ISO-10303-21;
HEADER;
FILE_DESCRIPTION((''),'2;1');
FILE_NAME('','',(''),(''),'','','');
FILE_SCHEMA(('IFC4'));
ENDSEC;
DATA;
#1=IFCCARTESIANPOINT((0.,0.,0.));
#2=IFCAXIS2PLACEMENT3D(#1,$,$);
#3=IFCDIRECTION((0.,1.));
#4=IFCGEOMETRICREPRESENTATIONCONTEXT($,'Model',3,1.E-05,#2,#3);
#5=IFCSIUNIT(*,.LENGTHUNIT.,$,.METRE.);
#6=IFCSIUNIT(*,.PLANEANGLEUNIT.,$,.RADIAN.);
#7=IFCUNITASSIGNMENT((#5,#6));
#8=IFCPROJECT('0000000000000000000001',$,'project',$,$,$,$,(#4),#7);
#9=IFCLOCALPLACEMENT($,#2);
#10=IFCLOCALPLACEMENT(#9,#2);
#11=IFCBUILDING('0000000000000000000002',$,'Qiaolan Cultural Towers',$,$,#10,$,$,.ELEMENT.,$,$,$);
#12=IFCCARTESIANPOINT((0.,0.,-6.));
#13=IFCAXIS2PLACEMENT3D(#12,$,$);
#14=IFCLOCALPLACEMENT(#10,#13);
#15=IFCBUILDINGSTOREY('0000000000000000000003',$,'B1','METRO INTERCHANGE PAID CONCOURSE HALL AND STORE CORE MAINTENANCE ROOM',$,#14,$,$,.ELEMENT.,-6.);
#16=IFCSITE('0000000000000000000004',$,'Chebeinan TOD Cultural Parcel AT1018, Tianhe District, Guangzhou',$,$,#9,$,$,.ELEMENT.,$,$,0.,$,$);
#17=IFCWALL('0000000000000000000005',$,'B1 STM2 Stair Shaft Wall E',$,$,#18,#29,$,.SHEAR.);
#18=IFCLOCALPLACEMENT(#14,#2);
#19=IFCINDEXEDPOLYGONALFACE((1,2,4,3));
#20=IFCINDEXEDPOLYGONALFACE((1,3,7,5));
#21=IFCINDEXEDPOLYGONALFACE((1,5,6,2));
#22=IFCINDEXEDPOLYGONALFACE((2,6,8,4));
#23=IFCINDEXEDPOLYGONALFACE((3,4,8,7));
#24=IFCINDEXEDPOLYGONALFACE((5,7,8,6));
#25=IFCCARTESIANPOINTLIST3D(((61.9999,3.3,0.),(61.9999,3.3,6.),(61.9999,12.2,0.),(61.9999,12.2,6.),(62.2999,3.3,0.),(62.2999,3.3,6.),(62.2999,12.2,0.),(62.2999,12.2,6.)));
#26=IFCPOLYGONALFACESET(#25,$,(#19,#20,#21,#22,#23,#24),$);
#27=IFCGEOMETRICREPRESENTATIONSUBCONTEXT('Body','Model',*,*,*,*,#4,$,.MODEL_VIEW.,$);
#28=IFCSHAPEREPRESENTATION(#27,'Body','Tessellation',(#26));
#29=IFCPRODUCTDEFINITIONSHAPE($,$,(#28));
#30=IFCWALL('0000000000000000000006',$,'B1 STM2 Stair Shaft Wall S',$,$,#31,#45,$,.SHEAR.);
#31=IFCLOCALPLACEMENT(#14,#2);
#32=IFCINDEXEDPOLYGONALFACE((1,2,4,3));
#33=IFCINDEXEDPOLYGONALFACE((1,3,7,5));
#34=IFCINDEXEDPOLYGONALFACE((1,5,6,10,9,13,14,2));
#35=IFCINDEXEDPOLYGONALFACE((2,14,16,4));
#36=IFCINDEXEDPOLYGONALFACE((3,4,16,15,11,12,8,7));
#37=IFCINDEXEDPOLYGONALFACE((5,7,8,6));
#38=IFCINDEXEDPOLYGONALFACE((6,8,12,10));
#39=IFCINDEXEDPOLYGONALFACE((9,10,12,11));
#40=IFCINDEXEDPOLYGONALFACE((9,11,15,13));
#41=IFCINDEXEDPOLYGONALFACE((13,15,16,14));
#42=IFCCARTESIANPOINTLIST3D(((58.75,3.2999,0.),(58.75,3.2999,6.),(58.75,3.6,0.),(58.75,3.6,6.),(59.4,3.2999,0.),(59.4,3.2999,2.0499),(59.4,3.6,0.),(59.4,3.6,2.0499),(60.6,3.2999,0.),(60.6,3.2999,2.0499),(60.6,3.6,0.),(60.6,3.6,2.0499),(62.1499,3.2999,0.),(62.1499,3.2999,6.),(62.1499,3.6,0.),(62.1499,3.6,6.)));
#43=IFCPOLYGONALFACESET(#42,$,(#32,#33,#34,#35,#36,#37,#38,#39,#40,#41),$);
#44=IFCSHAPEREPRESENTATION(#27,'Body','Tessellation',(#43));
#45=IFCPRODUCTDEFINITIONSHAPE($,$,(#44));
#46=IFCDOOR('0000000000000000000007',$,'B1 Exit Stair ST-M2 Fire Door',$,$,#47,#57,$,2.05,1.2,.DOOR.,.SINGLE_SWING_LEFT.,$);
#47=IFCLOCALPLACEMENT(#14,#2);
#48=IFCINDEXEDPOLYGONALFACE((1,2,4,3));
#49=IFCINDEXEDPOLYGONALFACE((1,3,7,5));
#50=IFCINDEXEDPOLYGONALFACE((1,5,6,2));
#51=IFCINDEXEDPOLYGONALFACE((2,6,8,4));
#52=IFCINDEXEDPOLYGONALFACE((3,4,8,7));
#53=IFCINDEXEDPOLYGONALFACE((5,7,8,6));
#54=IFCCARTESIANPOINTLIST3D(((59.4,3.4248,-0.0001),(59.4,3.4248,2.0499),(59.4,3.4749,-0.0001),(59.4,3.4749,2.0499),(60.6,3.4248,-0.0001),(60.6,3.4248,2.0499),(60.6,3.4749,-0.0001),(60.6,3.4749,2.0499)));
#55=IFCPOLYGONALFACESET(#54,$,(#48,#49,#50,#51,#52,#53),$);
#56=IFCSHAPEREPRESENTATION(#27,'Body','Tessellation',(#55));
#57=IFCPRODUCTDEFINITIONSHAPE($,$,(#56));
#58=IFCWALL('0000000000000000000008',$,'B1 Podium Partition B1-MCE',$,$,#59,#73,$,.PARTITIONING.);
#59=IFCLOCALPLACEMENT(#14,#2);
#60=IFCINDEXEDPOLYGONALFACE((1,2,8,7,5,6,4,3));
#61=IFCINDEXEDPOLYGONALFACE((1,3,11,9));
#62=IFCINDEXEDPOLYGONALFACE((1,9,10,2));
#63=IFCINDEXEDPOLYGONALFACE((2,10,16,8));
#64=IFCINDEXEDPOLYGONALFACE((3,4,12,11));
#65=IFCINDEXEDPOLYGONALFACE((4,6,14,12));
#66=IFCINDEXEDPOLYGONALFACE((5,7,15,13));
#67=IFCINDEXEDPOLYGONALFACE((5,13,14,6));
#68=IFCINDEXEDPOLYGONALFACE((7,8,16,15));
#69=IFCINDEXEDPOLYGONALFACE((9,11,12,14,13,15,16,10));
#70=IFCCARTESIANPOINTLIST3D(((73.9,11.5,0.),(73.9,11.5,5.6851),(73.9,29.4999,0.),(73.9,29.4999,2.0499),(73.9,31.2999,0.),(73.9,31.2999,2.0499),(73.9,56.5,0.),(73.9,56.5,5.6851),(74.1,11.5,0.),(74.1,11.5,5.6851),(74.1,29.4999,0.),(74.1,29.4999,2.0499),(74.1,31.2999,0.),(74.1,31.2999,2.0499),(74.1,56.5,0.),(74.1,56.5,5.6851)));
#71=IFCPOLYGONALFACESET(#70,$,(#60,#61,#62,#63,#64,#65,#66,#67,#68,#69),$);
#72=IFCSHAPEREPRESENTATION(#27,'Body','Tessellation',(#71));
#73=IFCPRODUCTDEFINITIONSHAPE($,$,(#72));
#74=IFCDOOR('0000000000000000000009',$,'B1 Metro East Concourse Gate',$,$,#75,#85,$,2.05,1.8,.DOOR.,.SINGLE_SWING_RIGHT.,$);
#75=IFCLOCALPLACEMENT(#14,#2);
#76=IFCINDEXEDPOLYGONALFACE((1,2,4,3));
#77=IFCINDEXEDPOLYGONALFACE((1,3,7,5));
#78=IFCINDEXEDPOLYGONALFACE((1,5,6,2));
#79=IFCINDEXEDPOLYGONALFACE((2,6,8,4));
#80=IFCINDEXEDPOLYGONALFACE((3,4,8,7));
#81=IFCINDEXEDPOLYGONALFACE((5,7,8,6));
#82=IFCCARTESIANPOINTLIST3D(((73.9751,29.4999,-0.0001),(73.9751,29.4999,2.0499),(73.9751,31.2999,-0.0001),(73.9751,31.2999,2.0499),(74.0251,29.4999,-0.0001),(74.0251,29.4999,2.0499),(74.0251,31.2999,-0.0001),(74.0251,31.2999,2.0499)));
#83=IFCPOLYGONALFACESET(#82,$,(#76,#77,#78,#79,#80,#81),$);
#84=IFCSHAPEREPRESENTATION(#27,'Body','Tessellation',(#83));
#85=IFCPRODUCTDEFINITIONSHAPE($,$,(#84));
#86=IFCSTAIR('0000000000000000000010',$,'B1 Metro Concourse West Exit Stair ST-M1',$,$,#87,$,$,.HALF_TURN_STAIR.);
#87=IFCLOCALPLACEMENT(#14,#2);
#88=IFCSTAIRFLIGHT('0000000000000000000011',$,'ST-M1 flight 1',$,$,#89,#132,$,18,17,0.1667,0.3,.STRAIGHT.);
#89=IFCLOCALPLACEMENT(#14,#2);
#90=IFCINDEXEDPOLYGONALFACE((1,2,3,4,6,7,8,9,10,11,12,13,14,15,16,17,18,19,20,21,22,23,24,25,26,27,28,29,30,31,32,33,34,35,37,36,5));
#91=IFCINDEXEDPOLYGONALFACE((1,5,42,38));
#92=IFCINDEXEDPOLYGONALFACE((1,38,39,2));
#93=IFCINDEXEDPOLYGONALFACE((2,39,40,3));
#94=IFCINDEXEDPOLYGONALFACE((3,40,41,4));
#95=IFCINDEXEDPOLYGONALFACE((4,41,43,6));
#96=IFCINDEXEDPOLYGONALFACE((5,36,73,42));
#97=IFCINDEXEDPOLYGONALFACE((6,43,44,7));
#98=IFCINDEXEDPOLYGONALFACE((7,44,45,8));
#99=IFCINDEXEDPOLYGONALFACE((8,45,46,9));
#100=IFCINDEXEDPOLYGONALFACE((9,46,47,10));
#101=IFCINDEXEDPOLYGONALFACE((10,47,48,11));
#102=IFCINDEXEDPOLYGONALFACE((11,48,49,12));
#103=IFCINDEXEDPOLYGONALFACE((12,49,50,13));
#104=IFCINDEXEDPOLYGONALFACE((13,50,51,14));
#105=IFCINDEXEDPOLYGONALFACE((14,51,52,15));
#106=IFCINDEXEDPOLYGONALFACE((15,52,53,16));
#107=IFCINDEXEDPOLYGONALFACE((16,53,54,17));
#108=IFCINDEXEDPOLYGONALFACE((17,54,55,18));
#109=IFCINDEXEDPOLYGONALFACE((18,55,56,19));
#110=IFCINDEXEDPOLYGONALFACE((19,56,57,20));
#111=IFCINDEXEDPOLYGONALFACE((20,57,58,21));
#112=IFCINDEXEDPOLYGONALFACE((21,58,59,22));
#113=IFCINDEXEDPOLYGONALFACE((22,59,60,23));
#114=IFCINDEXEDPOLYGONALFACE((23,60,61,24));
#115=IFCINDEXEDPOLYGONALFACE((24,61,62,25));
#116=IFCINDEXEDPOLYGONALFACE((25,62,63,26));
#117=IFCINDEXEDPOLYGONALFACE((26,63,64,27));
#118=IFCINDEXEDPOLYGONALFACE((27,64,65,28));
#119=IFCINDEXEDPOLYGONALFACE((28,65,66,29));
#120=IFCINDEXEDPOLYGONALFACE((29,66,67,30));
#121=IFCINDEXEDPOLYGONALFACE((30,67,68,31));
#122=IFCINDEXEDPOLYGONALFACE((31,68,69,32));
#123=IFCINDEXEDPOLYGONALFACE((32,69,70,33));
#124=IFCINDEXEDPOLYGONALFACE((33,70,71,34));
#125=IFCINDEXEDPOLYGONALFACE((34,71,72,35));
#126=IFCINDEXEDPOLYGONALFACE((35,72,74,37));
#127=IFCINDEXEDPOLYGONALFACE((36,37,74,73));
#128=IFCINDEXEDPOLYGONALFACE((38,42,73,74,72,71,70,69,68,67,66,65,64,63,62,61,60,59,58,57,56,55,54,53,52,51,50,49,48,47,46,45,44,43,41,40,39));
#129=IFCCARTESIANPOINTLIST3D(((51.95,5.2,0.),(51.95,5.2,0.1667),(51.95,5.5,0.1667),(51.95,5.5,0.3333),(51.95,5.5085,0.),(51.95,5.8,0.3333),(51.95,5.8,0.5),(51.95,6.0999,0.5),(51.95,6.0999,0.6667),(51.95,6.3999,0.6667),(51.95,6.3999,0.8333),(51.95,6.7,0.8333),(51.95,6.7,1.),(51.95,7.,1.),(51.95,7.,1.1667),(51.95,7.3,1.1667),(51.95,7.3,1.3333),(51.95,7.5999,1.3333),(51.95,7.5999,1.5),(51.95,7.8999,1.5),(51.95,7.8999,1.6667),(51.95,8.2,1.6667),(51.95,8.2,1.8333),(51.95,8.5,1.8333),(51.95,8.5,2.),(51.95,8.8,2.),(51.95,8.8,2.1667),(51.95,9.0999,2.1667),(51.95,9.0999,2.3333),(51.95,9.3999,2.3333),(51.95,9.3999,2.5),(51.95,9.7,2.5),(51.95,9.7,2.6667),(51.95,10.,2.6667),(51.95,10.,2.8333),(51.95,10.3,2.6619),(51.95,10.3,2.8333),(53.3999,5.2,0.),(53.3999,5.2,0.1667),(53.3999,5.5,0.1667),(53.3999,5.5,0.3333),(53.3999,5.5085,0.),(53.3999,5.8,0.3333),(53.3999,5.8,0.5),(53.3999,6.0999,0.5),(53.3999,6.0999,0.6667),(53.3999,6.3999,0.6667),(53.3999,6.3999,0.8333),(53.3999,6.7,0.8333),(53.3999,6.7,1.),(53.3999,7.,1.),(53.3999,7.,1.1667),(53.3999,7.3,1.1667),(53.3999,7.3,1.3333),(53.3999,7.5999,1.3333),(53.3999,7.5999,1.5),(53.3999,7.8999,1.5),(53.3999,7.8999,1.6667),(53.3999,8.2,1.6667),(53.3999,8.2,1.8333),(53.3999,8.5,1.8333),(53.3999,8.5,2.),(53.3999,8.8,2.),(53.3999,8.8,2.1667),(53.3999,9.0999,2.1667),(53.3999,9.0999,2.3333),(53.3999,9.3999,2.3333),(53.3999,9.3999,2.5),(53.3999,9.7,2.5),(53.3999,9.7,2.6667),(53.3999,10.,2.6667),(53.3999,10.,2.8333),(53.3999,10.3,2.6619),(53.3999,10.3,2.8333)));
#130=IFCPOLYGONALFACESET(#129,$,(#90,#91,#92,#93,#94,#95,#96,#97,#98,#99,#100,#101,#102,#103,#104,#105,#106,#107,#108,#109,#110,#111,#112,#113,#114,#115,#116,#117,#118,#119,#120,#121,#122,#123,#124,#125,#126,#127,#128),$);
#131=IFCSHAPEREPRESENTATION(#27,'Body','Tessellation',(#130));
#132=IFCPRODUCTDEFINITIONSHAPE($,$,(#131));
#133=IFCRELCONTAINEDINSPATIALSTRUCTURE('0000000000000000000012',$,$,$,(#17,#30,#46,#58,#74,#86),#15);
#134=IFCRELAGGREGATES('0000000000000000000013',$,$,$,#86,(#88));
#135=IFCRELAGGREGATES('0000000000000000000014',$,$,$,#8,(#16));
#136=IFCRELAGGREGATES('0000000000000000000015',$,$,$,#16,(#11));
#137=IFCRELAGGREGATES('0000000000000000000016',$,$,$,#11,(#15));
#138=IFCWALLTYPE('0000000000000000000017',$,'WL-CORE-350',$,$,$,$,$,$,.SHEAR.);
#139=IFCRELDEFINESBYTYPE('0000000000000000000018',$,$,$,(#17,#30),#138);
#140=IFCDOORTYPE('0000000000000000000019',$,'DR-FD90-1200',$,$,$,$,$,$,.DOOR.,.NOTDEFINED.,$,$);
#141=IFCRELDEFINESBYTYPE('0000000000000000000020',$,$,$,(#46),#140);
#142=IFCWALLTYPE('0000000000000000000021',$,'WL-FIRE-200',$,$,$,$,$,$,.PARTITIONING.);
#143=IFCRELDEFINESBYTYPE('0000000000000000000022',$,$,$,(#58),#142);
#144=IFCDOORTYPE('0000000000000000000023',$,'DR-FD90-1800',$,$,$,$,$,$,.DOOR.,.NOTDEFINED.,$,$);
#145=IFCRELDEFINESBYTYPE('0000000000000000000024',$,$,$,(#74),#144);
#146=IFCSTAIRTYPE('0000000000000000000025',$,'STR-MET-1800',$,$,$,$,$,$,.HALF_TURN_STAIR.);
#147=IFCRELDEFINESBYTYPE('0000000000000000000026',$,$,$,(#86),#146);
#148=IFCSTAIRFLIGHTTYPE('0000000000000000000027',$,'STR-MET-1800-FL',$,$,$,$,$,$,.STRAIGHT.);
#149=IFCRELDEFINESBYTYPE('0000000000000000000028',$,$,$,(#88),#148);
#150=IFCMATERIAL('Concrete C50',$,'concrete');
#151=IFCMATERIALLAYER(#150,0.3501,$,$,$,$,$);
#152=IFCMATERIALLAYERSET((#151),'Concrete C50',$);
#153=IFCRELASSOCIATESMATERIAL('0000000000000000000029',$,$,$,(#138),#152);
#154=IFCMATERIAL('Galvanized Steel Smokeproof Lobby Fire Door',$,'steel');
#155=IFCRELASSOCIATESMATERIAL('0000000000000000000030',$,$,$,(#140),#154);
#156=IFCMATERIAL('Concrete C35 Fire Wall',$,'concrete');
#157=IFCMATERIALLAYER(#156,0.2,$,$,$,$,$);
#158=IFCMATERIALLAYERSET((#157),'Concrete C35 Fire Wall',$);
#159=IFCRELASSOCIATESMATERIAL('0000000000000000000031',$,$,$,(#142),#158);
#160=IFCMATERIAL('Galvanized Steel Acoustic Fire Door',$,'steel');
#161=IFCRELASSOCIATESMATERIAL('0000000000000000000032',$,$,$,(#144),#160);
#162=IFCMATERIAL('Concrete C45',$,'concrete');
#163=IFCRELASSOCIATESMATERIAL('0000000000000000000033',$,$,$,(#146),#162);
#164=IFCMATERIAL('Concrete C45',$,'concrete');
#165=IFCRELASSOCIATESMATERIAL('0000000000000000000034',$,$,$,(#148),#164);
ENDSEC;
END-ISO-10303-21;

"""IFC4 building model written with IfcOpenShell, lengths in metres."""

from ifc_helpers import new_model, si_unit, direction, frame, frame_2d, origin, place, context, subcontext, project, spatial, polyline, rectangle, outline, extrude, material, layer, layer_set, type_object, element, fill, aggregate, save


model = new_model("IFC4")

# Units and contexts
model_context = context("Model", 3, precision=1e-05, world=origin(), true_north=direction((0.0, 1.0)))
body_context = subcontext(model_context, "Body", "Model", "MODEL_VIEW")
ifc_project = project(units=[si_unit("LENGTHUNIT", "METRE"), si_unit("PLANEANGLEUNIT", "RADIAN")], contexts=[model_context])

# Site, building, storey
site_placement = place(None, origin())
site = spatial("IfcSite", under=ifc_project, at=site_placement, Name="Chebeinan TOD Cultural Parcel AT1018, Tianhe District, Guangzhou", CompositionType="ELEMENT", RefElevation=0.0)
building_placement = place(site_placement, origin())
building = spatial("IfcBuilding", under=site, at=building_placement, Name="Qiaolan Cultural Towers", CompositionType="ELEMENT")
storey_placement = place(building_placement, frame((0.0, 0.0, -6.0)))
storey = spatial("IfcBuildingStorey", under=building, at=storey_placement, Name="B1", Description="METRO INTERCHANGE PAID CONCOURSE HALL AND STORE CORE MAINTENANCE ROOM", CompositionType="ELEMENT", Elevation=-6.0)

# Wall
ifc_material_1 = material(Name="Concrete C50", Category="concrete")
ifc_layer_1 = layer(ifc_material_1, 0.3501)
ifc_layer_set_1 = layer_set([ifc_layer_1], Name="Concrete C50")
wall_type_1 = type_object("IfcWallType", Name="WL-CORE-350", PredefinedType="SHEAR", material=ifc_layer_set_1)
for number, where, z_axis, x_axis, name in (
    (1, (62.1499, 3.3, 0.0), (0.0, 0.0, 1.0), (0.0, 1.0, 0.0), "B1 STM2 Stair Shaft Wall E"),
):
    element("IfcWall", number, at=place(storey_placement, frame(where, z_axis=z_axis, x_axis=x_axis)), inside=storey, type_object=wall_type_1, Name=name, PredefinedType="SHEAR", context=body_context, shape_type="SweptSolid", body=[
        extrude(rectangle(XDim=8.8999, YDim=0.3, at=frame_2d((4.45, 0.0))), origin(), (0.0, 0.0, 1.0), 6.0),
    ])

# Walls, openings, doors
wall_1_placement = place(storey_placement, frame((58.75, 3.45, 0.0), z_axis=(0.0, 0.0, 1.0), x_axis=(1.0, 0.0, 0.0)))
wall_1 = element("IfcWall", 2, at=wall_1_placement, inside=storey, type_object=wall_type_1, Name="B1 STM2 Stair Shaft Wall S", PredefinedType="SHEAR", context=body_context, shape_type="SweptSolid", body=[
    extrude(rectangle(XDim=3.3999, YDim=0.3, at=frame_2d((1.7, 0.0))), origin(), (0.0, 0.0, 1.0), 6.0),
])
opening_1_placement = place(wall_1_placement, frame((0.6499, 0.0, 0.0)))
opening_1 = element("IfcOpeningElement", 3, at=opening_1_placement, cuts=wall_1, PredefinedType="OPENING", context=body_context, shape_type="SweptSolid", body=[
    extrude(rectangle(XDim=1.2, YDim=2.05, at=frame_2d((0.6001, 1.0249))), frame((0.0, 0.1599, 0.0), z_axis=(0.0, -1.0, 0.0), x_axis=(1.0, 0.0, 0.0)), (0.0, 0.0, 1.0), 0.3201),
])
ifc_material_2 = material(Name="Galvanized Steel Smokeproof Lobby Fire Door", Category="steel")
door_type_1 = type_object("IfcDoorType", Name="DR-FD90-1200", OperationType="NOTDEFINED", PredefinedType="DOOR", material=ifc_material_2)
door_1_placement = place(opening_1_placement, origin())
door_1 = element("IfcDoor", 4, at=door_1_placement, inside=storey, type_object=door_type_1, Name="B1 Exit Stair ST-M2 Fire Door", OperationType="SINGLE_SWING_LEFT", OverallHeight=2.05, OverallWidth=1.2, PredefinedType="DOOR", context=body_context, shape_type="SweptSolid", body=[
    extrude(rectangle(XDim=1.2, YDim=2.05, at=frame_2d((0.6001, 1.0249))), frame((0.0, 0.0249, 0.0), z_axis=(0.0, -1.0, 0.0), x_axis=(1.0, 0.0, 0.0)), (0.0, 0.0, 1.0), 0.05),
])
fill(opening_1, door_1)
ifc_material_3 = material(Name="Concrete C35 Fire Wall", Category="concrete")
ifc_layer_2 = layer(ifc_material_3, 0.2)
ifc_layer_set_2 = layer_set([ifc_layer_2], Name="Concrete C35 Fire Wall")
wall_type_2 = type_object("IfcWallType", Name="WL-FIRE-200", PredefinedType="PARTITIONING", material=ifc_layer_set_2)
wall_2_placement = place(storey_placement, frame((74.0, 11.5, 0.0), z_axis=(0.0, 0.0, 1.0), x_axis=(0.0, 1.0, 0.0)))
wall_2 = element("IfcWall", 5, at=wall_2_placement, inside=storey, type_object=wall_type_2, Name="B1 Podium Partition B1-MCE", PredefinedType="PARTITIONING", context=body_context, shape_type="SweptSolid", body=[
    extrude(rectangle(XDim=45.0, YDim=0.2, at=frame_2d((22.5, 0.0))), origin(), (0.0, 0.0, 1.0), 5.6851),
])
opening_2_placement = place(wall_2_placement, frame((18.0, 0.0, 0.0)))
opening_2 = element("IfcOpeningElement", 6, at=opening_2_placement, cuts=wall_2, PredefinedType="OPENING", context=body_context, shape_type="SweptSolid", body=[
    extrude(rectangle(XDim=1.8, YDim=2.05, at=frame_2d((0.8999, 1.0249))), frame((0.0, 0.1099, 0.0), z_axis=(0.0, -1.0, 0.0), x_axis=(1.0, 0.0, 0.0)), (0.0, 0.0, 1.0), 0.22),
])
ifc_material_4 = material(Name="Galvanized Steel Acoustic Fire Door", Category="steel")
door_type_2 = type_object("IfcDoorType", Name="DR-FD90-1800", OperationType="NOTDEFINED", PredefinedType="DOOR", material=ifc_material_4)
door_2_placement = place(opening_2_placement, origin())
door_2 = element("IfcDoor", 7, at=door_2_placement, inside=storey, type_object=door_type_2, Name="B1 Metro East Concourse Gate", OperationType="SINGLE_SWING_RIGHT", OverallHeight=2.05, OverallWidth=1.8, PredefinedType="DOOR", context=body_context, shape_type="SweptSolid", body=[
    extrude(rectangle(XDim=1.8, YDim=2.05, at=frame_2d((0.8999, 1.0249))), frame((0.0, 0.0249, 0.0), z_axis=(0.0, -1.0, 0.0), x_axis=(1.0, 0.0, 0.0)), (0.0, 0.0, 1.0), 0.05),
])
fill(opening_2, door_2)

# Stair, stair flight
ifc_material_5 = material(Name="Concrete C45", Category="concrete")
stair_type = type_object("IfcStairType", Name="STR-MET-1800", PredefinedType="HALF_TURN_STAIR", material=ifc_material_5)
stair_1_placement = place(storey_placement, origin())
stair_1 = element("IfcStair", 8, at=stair_1_placement, inside=storey, type_object=stair_type, Name="B1 Metro Concourse West Exit Stair ST-M1", PredefinedType="HALF_TURN_STAIR")
ifc_material_6 = material(Name="Concrete C45", Category="concrete")
stair_flight_type = type_object("IfcStairFlightType", Name="STR-MET-1800-FL", PredefinedType="STRAIGHT", material=ifc_material_6)
stair_flight_1_placement = place(storey_placement, frame((52.675, 5.2, 0.0), z_axis=(0.0, 0.0, 1.0), x_axis=(0.0, 1.0, 0.0)))
stair_flight_1 = element("IfcStairFlight", 9, at=stair_flight_1_placement, type_object=stair_flight_type, Name="ST-M1 flight 1", NumberOfRisers=18, NumberOfTreads=17, PredefinedType="STRAIGHT", RiserHeight=0.1667, TreadLength=0.3, context=body_context, shape_type="SweptSolid", body=[
    extrude(outline(polyline([(0.0, 0.0), (0.0, 0.1667), (0.3, 0.1667), (0.3, 0.3333), (0.6001, 0.3333), (0.6001, 0.5), (0.8999, 0.5), (0.8999, 0.6667), (1.2, 0.6667), (1.2, 0.8333), (1.5, 0.8333), (1.5, 1.0), (1.8, 1.0), (1.8, 1.1667), (2.1001, 1.1667), (2.1001, 1.3333), (2.3999, 1.3333), (2.3999, 1.5), (2.7, 1.5), (2.7, 1.6667), (3.0, 1.6667), (3.0, 1.8333), (3.3, 1.8333), (3.3, 2.0), (3.6001, 2.0), (3.6001, 2.1667), (3.8999, 2.1667), (3.8999, 2.3333), (4.2, 2.3333), (4.2, 2.5), (4.5, 2.5), (4.5, 2.6667), (4.8, 2.6667), (4.8, 2.8333), (5.1001, 2.8333), (5.1001, 3.0), (5.1001, 2.6619), (0.3086, 0.0), (0.0, 0.0)])), frame((0.0, 0.7251, 0.0), z_axis=(0.0, -1.0, 0.0), x_axis=(1.0, 0.0, 0.0)), (0.0, 0.0, 1.0), 1.45),
])
aggregate(stair_1, [stair_flight_1])

save(model, "model.ifc")
